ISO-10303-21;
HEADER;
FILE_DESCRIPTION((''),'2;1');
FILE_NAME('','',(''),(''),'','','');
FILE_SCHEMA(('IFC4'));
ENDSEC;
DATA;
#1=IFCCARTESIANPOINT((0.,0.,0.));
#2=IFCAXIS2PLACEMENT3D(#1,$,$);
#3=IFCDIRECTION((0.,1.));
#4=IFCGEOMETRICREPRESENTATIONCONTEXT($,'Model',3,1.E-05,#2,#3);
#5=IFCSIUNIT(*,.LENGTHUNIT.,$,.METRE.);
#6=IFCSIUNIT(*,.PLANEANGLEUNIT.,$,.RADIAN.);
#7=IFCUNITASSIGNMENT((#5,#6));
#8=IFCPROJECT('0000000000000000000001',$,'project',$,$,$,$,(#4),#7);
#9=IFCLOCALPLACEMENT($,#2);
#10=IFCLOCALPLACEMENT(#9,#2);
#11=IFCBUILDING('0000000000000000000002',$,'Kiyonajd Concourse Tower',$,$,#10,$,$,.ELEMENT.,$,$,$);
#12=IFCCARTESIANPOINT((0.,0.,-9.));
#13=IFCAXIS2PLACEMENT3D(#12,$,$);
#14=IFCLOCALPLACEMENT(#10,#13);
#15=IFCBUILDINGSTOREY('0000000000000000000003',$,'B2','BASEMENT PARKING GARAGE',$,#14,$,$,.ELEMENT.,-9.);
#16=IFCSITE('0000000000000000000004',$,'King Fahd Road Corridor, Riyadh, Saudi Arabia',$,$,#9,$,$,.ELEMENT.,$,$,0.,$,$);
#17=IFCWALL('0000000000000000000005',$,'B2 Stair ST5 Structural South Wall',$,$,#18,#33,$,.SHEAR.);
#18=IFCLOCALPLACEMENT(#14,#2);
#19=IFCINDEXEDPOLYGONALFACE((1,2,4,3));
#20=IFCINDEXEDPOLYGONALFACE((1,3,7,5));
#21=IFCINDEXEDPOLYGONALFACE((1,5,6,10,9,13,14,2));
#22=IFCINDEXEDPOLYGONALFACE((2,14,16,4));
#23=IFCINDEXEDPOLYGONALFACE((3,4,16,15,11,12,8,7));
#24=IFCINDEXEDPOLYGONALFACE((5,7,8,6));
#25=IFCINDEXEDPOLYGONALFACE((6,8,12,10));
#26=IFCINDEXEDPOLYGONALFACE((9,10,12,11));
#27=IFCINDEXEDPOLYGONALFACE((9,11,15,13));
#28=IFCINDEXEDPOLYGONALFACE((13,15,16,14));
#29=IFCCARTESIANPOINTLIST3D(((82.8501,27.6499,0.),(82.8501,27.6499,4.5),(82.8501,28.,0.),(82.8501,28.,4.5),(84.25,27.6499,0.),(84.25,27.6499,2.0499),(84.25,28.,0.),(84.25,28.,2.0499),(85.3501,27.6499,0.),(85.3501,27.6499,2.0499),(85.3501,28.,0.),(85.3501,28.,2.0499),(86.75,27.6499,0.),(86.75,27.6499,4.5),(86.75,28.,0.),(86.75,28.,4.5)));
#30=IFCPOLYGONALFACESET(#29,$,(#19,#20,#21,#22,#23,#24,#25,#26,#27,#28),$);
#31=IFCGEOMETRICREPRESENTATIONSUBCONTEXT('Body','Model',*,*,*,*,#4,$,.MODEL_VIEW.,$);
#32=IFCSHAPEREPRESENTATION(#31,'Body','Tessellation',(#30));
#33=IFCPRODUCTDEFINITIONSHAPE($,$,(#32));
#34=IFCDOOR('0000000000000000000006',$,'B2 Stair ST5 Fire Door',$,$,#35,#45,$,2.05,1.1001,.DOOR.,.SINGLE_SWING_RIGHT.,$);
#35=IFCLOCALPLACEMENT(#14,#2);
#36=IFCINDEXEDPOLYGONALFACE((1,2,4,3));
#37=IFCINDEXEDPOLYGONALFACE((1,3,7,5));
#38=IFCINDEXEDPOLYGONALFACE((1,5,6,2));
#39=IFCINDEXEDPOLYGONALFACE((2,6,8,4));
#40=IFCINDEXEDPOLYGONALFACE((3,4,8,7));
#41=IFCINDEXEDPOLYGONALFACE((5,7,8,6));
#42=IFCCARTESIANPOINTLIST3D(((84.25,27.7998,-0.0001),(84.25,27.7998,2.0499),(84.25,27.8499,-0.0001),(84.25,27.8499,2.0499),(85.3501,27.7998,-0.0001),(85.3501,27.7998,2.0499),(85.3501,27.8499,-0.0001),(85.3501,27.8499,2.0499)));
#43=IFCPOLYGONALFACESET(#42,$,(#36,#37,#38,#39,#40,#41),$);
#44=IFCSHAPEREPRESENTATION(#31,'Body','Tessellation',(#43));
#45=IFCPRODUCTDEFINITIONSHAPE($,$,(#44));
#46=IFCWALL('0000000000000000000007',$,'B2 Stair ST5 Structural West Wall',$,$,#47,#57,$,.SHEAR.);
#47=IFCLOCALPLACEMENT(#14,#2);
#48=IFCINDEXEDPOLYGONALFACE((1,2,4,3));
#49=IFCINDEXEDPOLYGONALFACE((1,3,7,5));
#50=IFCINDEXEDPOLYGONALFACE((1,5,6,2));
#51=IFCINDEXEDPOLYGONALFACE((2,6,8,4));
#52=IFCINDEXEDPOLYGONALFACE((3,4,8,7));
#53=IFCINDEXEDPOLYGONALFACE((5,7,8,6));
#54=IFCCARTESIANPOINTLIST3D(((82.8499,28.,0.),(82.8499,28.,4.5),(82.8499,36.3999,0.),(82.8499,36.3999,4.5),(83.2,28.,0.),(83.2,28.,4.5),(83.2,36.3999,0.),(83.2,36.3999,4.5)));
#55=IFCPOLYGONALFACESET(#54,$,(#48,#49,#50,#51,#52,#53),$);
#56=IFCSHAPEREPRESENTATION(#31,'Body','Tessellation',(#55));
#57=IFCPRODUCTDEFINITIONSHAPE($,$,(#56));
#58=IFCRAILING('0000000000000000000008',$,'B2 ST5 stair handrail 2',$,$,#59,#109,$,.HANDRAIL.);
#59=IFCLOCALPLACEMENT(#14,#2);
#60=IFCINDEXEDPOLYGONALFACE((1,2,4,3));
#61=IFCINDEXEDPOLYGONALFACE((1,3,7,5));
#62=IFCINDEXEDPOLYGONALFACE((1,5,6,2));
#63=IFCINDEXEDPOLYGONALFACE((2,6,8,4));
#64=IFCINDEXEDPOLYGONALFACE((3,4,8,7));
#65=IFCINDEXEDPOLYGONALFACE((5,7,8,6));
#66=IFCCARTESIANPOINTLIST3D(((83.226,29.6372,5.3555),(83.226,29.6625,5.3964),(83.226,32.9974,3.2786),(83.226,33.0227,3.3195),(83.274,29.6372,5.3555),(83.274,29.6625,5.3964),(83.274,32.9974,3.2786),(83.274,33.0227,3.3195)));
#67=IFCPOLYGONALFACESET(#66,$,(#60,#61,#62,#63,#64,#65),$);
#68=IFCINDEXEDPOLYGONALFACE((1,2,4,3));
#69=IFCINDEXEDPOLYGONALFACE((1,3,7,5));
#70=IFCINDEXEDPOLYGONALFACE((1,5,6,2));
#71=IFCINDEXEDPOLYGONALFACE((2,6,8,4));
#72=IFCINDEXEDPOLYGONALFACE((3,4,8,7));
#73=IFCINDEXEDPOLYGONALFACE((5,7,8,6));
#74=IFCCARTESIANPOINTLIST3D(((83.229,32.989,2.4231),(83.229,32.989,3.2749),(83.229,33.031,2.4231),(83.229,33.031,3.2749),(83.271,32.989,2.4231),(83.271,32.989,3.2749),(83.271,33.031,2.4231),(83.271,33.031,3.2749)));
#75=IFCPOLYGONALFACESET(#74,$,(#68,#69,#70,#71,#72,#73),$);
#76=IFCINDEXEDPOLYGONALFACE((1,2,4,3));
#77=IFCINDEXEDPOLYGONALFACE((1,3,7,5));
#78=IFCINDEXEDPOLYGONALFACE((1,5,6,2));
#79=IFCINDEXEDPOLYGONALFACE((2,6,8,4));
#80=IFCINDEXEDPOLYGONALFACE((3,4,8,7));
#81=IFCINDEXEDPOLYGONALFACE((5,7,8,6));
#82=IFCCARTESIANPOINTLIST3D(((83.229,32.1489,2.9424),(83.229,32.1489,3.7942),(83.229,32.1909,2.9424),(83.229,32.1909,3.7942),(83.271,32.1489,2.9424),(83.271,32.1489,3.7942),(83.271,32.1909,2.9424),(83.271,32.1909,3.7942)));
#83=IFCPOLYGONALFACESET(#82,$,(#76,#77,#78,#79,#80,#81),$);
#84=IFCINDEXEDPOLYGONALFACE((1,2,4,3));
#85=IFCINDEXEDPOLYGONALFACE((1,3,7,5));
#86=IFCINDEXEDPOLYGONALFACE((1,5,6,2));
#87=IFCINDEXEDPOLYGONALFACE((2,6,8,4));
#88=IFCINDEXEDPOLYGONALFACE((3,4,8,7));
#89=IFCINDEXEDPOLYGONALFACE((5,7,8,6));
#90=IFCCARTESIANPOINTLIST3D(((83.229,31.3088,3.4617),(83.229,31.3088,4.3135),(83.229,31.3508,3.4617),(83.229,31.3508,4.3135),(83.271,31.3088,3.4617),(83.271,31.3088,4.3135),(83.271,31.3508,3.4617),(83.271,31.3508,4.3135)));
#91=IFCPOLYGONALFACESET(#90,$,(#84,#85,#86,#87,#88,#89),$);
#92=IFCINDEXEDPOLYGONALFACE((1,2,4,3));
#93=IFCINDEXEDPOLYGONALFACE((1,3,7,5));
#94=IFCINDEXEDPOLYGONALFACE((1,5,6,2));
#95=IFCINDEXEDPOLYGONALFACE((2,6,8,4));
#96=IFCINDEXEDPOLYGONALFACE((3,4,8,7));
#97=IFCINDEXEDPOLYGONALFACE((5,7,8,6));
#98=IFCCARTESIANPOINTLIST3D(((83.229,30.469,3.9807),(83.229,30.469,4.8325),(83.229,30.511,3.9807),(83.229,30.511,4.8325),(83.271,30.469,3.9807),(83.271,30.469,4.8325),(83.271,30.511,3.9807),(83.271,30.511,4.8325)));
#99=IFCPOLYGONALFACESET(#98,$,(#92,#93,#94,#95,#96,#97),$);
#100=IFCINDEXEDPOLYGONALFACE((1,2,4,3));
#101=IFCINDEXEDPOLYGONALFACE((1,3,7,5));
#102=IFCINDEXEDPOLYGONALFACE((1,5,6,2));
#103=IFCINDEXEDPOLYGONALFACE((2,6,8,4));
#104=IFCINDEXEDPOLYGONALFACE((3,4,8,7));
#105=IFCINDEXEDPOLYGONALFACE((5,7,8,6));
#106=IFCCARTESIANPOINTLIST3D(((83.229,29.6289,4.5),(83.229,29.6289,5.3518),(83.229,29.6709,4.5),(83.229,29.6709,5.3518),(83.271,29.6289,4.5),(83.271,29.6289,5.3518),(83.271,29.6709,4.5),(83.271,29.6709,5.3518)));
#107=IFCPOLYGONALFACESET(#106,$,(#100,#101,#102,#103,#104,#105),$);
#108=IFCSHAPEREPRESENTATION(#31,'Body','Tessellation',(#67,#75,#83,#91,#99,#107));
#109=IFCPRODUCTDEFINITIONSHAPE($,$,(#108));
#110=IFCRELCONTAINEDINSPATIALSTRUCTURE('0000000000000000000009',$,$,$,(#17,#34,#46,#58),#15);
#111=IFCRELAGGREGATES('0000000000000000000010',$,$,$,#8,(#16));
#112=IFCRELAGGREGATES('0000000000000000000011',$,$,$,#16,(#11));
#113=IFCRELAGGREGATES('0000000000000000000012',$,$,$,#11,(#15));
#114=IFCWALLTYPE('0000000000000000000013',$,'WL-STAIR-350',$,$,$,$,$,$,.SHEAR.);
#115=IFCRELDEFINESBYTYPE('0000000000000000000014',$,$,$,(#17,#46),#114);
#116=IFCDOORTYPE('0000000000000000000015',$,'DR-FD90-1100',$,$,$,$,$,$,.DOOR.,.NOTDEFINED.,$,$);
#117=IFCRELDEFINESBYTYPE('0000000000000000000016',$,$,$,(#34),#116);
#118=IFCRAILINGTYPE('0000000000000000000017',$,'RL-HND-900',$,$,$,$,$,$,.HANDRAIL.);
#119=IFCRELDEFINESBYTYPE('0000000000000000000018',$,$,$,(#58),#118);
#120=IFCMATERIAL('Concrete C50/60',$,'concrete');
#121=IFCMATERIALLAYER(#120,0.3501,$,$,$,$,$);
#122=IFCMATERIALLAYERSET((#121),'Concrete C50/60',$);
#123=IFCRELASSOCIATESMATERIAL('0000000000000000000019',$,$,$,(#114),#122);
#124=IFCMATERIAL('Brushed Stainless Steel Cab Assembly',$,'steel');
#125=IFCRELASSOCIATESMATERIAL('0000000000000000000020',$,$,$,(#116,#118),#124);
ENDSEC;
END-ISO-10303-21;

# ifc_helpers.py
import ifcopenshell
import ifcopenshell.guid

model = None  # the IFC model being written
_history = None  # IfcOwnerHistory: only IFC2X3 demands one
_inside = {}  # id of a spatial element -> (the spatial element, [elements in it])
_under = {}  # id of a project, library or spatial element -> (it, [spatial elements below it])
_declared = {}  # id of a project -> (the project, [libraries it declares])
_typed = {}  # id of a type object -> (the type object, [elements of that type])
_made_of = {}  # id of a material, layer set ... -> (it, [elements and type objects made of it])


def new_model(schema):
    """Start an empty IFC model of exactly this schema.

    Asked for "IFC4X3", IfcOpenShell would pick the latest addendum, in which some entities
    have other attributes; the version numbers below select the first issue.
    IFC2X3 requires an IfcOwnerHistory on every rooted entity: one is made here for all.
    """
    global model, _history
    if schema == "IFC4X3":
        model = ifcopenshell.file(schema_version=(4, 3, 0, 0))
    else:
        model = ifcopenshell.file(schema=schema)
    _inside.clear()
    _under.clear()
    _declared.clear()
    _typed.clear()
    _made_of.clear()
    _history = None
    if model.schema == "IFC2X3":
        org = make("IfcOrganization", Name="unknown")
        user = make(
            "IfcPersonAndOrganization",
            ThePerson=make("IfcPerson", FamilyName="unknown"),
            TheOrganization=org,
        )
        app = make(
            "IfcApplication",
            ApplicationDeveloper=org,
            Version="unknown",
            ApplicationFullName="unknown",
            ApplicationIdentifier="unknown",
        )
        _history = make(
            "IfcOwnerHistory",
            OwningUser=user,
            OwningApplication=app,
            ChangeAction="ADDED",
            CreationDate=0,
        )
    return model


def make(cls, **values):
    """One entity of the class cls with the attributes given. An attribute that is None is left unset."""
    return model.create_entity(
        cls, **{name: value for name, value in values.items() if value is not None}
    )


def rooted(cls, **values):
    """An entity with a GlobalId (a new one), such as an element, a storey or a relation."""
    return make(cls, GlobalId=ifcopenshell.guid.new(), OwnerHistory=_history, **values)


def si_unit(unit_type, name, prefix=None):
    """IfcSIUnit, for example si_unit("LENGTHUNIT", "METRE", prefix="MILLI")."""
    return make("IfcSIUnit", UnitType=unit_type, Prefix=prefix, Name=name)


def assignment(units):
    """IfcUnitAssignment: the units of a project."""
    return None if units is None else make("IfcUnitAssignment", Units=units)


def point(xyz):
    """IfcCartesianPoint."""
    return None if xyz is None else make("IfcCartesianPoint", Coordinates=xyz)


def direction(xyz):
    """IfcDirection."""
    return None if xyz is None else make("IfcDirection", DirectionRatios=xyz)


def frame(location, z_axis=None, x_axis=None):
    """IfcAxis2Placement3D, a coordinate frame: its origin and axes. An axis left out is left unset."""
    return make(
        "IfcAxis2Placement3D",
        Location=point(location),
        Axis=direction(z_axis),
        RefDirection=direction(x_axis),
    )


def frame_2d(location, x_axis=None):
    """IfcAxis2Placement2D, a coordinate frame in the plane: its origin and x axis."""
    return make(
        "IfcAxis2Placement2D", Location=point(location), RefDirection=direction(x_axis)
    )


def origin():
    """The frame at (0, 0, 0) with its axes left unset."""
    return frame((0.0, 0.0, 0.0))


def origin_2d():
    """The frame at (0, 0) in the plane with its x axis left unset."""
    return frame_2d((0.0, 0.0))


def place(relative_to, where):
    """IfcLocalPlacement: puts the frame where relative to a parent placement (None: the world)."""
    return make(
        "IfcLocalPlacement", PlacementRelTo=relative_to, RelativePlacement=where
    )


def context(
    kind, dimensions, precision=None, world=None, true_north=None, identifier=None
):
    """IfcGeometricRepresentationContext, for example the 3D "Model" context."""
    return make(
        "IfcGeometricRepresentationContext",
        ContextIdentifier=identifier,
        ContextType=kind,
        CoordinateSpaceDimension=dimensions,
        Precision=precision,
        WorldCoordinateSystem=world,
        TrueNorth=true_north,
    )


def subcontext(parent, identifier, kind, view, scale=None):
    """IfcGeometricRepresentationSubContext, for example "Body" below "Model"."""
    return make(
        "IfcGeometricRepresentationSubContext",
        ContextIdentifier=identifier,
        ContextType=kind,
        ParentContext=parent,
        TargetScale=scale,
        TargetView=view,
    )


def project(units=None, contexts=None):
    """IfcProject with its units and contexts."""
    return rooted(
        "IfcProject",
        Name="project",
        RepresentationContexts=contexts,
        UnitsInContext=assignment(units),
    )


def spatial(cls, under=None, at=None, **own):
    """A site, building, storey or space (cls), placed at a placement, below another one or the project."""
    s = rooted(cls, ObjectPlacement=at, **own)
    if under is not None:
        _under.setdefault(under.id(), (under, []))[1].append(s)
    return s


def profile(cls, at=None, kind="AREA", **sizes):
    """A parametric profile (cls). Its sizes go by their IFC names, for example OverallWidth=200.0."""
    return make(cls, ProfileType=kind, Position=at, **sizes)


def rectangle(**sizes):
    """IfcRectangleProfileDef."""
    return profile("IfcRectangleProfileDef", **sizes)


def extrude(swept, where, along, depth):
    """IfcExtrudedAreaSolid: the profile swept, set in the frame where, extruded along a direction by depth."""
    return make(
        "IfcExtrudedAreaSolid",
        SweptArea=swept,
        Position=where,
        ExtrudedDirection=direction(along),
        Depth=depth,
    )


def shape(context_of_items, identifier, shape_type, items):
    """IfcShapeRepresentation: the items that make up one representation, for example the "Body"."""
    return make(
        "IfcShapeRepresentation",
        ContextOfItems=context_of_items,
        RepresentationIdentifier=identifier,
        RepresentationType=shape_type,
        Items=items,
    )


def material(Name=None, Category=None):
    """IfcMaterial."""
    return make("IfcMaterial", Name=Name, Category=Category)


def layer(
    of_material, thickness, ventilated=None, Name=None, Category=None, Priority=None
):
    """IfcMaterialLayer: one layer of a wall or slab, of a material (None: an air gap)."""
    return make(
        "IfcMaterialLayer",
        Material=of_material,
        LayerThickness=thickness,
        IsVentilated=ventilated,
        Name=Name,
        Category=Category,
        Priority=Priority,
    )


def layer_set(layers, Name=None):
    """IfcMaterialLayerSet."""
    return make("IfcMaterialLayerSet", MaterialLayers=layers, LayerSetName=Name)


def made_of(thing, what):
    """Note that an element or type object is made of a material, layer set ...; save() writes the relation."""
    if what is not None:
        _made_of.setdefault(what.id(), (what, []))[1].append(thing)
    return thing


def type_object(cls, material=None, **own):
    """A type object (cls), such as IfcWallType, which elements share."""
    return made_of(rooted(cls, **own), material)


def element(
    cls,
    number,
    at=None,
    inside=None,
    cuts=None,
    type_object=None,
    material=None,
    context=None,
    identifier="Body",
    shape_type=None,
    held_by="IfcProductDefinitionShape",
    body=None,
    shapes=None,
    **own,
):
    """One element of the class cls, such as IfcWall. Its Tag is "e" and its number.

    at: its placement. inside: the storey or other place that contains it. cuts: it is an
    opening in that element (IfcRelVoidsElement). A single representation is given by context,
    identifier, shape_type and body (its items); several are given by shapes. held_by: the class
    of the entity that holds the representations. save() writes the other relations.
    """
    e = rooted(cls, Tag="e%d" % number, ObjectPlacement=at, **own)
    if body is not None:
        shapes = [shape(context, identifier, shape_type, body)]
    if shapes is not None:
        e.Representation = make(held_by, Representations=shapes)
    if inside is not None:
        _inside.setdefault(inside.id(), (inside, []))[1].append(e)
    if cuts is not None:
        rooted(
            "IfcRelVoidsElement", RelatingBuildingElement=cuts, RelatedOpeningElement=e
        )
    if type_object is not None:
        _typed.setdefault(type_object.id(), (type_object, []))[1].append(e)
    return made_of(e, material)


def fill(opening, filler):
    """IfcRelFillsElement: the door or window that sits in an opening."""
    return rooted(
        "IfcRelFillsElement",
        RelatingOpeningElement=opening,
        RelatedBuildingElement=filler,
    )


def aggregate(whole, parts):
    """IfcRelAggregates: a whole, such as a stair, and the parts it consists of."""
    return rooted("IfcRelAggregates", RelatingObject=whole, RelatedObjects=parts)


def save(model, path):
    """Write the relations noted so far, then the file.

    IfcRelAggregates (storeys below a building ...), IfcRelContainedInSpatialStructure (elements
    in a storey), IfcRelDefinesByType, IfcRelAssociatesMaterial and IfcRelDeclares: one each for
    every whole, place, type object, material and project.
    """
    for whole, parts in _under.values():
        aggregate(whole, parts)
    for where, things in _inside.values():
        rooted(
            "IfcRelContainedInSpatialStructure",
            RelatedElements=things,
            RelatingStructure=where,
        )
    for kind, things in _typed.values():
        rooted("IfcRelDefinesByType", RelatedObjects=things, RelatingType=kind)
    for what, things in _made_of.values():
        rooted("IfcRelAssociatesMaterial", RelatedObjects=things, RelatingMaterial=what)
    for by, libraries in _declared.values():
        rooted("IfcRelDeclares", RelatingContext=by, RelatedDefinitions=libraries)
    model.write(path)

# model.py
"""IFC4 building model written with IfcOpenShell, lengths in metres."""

from ifc_helpers import new_model, si_unit, direction, frame, frame_2d, origin, origin_2d, place, context, subcontext, project, spatial, rectangle, extrude, material, layer, layer_set, type_object, element, fill, save


model = new_model("IFC4")

# Units and contexts
model_context = context("Model", 3, precision=1e-05, world=origin(), true_north=direction((0.0, 1.0)))
body_context = subcontext(model_context, "Body", "Model", "MODEL_VIEW")
ifc_project = project(units=[si_unit("LENGTHUNIT", "METRE"), si_unit("PLANEANGLEUNIT", "RADIAN")], contexts=[model_context])

# Site, building, storey
site_placement = place(None, origin())
site = spatial("IfcSite", under=ifc_project, at=site_placement, Name="King Fahd Road Corridor, Riyadh, Saudi Arabia", CompositionType="ELEMENT", RefElevation=0.0)
building_placement = place(site_placement, origin())
building = spatial("IfcBuilding", under=site, at=building_placement, Name="Kiyonajd Concourse Tower", CompositionType="ELEMENT")
storey_placement = place(building_placement, frame((0.0, 0.0, -9.0)))
storey = spatial("IfcBuildingStorey", under=building, at=storey_placement, Name="B2", Description="BASEMENT PARKING GARAGE", CompositionType="ELEMENT", Elevation=-9.0)

# Shared definitions
ifc_material_1 = material(Name="Concrete C50/60", Category="concrete")

# Wall, opening, door
ifc_layer_1 = layer(ifc_material_1, 0.3501)
ifc_layer_set_1 = layer_set([ifc_layer_1], Name="Concrete C50/60")
wall_type_1 = type_object("IfcWallType", Name="WL-STAIR-350", PredefinedType="SHEAR", material=ifc_layer_set_1)
wall_1_placement = place(storey_placement, frame((82.8501, 27.825, 0.0), z_axis=(0.0, 0.0, 1.0), x_axis=(1.0, 0.0, 0.0)))
wall_1 = element("IfcWall", 1, at=wall_1_placement, inside=storey, type_object=wall_type_1, Name="B2 Stair ST5 Structural South Wall", PredefinedType="SHEAR", context=body_context, shape_type="SweptSolid", body=[
    extrude(rectangle(XDim=3.8999, YDim=0.3501, at=frame_2d((1.95, 0.0))), origin(), (0.0, 0.0, 1.0), 4.5),
])
opening_placement = place(wall_1_placement, frame((1.3999, 0.0, 0.0)))
opening = element("IfcOpeningElement", 2, at=opening_placement, cuts=wall_1, PredefinedType="OPENING", context=body_context, shape_type="SweptSolid", body=[
    extrude(rectangle(XDim=1.1001, YDim=2.05, at=frame_2d((0.55, 1.0249))), frame((0.0, 0.1851, 0.0), z_axis=(0.0, -1.0, 0.0), x_axis=(1.0, 0.0, 0.0)), (0.0, 0.0, 1.0), 0.3701),
])
ifc_material_2 = material(Name="Brushed Stainless Steel Cab Assembly", Category="steel")
door_type = type_object("IfcDoorType", Name="DR-FD90-1100", OperationType="NOTDEFINED", PredefinedType="DOOR", material=ifc_material_2)
door_placement = place(opening_placement, origin())
door = element("IfcDoor", 3, at=door_placement, inside=storey, type_object=door_type, Name="B2 Stair ST5 Fire Door", OperationType="SINGLE_SWING_RIGHT", OverallHeight=2.05, OverallWidth=1.1001, PredefinedType="DOOR", context=body_context, shape_type="SweptSolid", body=[
    extrude(rectangle(XDim=1.1001, YDim=2.05, at=frame_2d((0.55, 1.0249))), frame((0.0, 0.0249, 0.0), z_axis=(0.0, -1.0, 0.0), x_axis=(1.0, 0.0, 0.0)), (0.0, 0.0, 1.0), 0.05),
])
fill(opening, door)

# Wall
wall_2_placement = place(storey_placement, frame((83.0249, 28.0, 0.0), z_axis=(0.0, 0.0, 1.0), x_axis=(0.0, 1.0, 0.0)))
element("IfcWall", 4, at=wall_2_placement, inside=storey, type_object=wall_type_1, Name="B2 Stair ST5 Structural West Wall", PredefinedType="SHEAR", context=body_context, shape_type="SweptSolid", body=[
    extrude(rectangle(XDim=8.3999, YDim=0.3501, at=frame_2d((4.2, 0.0))), origin(), (0.0, 0.0, 1.0), 4.5),
])

# Railing
railing_type = type_object("IfcRailingType", Name="RL-HND-900", PredefinedType="HANDRAIL", material=ifc_material_2)
railing_placement = place(storey_placement, frame((83.25, 33.01, 2.4231)))
element("IfcRailing", 5, at=railing_placement, inside=storey, type_object=railing_type, Name="B2 ST5 stair handrail 2", PredefinedType="HANDRAIL", context=body_context, shape_type="SweptSolid", body=[
    extrude(rectangle(XDim=0.0481, YDim=0.0481, at=origin_2d()), frame((0.0, 0.0, 0.876), z_axis=(0.0, -0.850623, 0.525776), x_axis=(1.0, 0.0, 0.0)), (0.0, 0.0, 1.0), 3.9502),
    extrude(rectangle(XDim=0.042, YDim=0.042, at=origin_2d()), origin(), (0.0, 0.0, 1.0), 0.8518),
    extrude(rectangle(XDim=0.042, YDim=0.042, at=origin_2d()), frame((0.0, -0.8401, 0.5193)), (0.0, 0.0, 1.0), 0.8518),
    extrude(rectangle(XDim=0.042, YDim=0.042, at=origin_2d()), frame((0.0, -1.6802, 1.0386)), (0.0, 0.0, 1.0), 0.8518),
    extrude(rectangle(XDim=0.042, YDim=0.042, at=origin_2d()), frame((0.0, -2.52, 1.5576)), (0.0, 0.0, 1.0), 0.8518),
    extrude(rectangle(XDim=0.042, YDim=0.042, at=origin_2d()), frame((0.0, -3.3601, 2.0769)), (0.0, 0.0, 1.0), 0.8518),
])

save(model, "model.ifc")
